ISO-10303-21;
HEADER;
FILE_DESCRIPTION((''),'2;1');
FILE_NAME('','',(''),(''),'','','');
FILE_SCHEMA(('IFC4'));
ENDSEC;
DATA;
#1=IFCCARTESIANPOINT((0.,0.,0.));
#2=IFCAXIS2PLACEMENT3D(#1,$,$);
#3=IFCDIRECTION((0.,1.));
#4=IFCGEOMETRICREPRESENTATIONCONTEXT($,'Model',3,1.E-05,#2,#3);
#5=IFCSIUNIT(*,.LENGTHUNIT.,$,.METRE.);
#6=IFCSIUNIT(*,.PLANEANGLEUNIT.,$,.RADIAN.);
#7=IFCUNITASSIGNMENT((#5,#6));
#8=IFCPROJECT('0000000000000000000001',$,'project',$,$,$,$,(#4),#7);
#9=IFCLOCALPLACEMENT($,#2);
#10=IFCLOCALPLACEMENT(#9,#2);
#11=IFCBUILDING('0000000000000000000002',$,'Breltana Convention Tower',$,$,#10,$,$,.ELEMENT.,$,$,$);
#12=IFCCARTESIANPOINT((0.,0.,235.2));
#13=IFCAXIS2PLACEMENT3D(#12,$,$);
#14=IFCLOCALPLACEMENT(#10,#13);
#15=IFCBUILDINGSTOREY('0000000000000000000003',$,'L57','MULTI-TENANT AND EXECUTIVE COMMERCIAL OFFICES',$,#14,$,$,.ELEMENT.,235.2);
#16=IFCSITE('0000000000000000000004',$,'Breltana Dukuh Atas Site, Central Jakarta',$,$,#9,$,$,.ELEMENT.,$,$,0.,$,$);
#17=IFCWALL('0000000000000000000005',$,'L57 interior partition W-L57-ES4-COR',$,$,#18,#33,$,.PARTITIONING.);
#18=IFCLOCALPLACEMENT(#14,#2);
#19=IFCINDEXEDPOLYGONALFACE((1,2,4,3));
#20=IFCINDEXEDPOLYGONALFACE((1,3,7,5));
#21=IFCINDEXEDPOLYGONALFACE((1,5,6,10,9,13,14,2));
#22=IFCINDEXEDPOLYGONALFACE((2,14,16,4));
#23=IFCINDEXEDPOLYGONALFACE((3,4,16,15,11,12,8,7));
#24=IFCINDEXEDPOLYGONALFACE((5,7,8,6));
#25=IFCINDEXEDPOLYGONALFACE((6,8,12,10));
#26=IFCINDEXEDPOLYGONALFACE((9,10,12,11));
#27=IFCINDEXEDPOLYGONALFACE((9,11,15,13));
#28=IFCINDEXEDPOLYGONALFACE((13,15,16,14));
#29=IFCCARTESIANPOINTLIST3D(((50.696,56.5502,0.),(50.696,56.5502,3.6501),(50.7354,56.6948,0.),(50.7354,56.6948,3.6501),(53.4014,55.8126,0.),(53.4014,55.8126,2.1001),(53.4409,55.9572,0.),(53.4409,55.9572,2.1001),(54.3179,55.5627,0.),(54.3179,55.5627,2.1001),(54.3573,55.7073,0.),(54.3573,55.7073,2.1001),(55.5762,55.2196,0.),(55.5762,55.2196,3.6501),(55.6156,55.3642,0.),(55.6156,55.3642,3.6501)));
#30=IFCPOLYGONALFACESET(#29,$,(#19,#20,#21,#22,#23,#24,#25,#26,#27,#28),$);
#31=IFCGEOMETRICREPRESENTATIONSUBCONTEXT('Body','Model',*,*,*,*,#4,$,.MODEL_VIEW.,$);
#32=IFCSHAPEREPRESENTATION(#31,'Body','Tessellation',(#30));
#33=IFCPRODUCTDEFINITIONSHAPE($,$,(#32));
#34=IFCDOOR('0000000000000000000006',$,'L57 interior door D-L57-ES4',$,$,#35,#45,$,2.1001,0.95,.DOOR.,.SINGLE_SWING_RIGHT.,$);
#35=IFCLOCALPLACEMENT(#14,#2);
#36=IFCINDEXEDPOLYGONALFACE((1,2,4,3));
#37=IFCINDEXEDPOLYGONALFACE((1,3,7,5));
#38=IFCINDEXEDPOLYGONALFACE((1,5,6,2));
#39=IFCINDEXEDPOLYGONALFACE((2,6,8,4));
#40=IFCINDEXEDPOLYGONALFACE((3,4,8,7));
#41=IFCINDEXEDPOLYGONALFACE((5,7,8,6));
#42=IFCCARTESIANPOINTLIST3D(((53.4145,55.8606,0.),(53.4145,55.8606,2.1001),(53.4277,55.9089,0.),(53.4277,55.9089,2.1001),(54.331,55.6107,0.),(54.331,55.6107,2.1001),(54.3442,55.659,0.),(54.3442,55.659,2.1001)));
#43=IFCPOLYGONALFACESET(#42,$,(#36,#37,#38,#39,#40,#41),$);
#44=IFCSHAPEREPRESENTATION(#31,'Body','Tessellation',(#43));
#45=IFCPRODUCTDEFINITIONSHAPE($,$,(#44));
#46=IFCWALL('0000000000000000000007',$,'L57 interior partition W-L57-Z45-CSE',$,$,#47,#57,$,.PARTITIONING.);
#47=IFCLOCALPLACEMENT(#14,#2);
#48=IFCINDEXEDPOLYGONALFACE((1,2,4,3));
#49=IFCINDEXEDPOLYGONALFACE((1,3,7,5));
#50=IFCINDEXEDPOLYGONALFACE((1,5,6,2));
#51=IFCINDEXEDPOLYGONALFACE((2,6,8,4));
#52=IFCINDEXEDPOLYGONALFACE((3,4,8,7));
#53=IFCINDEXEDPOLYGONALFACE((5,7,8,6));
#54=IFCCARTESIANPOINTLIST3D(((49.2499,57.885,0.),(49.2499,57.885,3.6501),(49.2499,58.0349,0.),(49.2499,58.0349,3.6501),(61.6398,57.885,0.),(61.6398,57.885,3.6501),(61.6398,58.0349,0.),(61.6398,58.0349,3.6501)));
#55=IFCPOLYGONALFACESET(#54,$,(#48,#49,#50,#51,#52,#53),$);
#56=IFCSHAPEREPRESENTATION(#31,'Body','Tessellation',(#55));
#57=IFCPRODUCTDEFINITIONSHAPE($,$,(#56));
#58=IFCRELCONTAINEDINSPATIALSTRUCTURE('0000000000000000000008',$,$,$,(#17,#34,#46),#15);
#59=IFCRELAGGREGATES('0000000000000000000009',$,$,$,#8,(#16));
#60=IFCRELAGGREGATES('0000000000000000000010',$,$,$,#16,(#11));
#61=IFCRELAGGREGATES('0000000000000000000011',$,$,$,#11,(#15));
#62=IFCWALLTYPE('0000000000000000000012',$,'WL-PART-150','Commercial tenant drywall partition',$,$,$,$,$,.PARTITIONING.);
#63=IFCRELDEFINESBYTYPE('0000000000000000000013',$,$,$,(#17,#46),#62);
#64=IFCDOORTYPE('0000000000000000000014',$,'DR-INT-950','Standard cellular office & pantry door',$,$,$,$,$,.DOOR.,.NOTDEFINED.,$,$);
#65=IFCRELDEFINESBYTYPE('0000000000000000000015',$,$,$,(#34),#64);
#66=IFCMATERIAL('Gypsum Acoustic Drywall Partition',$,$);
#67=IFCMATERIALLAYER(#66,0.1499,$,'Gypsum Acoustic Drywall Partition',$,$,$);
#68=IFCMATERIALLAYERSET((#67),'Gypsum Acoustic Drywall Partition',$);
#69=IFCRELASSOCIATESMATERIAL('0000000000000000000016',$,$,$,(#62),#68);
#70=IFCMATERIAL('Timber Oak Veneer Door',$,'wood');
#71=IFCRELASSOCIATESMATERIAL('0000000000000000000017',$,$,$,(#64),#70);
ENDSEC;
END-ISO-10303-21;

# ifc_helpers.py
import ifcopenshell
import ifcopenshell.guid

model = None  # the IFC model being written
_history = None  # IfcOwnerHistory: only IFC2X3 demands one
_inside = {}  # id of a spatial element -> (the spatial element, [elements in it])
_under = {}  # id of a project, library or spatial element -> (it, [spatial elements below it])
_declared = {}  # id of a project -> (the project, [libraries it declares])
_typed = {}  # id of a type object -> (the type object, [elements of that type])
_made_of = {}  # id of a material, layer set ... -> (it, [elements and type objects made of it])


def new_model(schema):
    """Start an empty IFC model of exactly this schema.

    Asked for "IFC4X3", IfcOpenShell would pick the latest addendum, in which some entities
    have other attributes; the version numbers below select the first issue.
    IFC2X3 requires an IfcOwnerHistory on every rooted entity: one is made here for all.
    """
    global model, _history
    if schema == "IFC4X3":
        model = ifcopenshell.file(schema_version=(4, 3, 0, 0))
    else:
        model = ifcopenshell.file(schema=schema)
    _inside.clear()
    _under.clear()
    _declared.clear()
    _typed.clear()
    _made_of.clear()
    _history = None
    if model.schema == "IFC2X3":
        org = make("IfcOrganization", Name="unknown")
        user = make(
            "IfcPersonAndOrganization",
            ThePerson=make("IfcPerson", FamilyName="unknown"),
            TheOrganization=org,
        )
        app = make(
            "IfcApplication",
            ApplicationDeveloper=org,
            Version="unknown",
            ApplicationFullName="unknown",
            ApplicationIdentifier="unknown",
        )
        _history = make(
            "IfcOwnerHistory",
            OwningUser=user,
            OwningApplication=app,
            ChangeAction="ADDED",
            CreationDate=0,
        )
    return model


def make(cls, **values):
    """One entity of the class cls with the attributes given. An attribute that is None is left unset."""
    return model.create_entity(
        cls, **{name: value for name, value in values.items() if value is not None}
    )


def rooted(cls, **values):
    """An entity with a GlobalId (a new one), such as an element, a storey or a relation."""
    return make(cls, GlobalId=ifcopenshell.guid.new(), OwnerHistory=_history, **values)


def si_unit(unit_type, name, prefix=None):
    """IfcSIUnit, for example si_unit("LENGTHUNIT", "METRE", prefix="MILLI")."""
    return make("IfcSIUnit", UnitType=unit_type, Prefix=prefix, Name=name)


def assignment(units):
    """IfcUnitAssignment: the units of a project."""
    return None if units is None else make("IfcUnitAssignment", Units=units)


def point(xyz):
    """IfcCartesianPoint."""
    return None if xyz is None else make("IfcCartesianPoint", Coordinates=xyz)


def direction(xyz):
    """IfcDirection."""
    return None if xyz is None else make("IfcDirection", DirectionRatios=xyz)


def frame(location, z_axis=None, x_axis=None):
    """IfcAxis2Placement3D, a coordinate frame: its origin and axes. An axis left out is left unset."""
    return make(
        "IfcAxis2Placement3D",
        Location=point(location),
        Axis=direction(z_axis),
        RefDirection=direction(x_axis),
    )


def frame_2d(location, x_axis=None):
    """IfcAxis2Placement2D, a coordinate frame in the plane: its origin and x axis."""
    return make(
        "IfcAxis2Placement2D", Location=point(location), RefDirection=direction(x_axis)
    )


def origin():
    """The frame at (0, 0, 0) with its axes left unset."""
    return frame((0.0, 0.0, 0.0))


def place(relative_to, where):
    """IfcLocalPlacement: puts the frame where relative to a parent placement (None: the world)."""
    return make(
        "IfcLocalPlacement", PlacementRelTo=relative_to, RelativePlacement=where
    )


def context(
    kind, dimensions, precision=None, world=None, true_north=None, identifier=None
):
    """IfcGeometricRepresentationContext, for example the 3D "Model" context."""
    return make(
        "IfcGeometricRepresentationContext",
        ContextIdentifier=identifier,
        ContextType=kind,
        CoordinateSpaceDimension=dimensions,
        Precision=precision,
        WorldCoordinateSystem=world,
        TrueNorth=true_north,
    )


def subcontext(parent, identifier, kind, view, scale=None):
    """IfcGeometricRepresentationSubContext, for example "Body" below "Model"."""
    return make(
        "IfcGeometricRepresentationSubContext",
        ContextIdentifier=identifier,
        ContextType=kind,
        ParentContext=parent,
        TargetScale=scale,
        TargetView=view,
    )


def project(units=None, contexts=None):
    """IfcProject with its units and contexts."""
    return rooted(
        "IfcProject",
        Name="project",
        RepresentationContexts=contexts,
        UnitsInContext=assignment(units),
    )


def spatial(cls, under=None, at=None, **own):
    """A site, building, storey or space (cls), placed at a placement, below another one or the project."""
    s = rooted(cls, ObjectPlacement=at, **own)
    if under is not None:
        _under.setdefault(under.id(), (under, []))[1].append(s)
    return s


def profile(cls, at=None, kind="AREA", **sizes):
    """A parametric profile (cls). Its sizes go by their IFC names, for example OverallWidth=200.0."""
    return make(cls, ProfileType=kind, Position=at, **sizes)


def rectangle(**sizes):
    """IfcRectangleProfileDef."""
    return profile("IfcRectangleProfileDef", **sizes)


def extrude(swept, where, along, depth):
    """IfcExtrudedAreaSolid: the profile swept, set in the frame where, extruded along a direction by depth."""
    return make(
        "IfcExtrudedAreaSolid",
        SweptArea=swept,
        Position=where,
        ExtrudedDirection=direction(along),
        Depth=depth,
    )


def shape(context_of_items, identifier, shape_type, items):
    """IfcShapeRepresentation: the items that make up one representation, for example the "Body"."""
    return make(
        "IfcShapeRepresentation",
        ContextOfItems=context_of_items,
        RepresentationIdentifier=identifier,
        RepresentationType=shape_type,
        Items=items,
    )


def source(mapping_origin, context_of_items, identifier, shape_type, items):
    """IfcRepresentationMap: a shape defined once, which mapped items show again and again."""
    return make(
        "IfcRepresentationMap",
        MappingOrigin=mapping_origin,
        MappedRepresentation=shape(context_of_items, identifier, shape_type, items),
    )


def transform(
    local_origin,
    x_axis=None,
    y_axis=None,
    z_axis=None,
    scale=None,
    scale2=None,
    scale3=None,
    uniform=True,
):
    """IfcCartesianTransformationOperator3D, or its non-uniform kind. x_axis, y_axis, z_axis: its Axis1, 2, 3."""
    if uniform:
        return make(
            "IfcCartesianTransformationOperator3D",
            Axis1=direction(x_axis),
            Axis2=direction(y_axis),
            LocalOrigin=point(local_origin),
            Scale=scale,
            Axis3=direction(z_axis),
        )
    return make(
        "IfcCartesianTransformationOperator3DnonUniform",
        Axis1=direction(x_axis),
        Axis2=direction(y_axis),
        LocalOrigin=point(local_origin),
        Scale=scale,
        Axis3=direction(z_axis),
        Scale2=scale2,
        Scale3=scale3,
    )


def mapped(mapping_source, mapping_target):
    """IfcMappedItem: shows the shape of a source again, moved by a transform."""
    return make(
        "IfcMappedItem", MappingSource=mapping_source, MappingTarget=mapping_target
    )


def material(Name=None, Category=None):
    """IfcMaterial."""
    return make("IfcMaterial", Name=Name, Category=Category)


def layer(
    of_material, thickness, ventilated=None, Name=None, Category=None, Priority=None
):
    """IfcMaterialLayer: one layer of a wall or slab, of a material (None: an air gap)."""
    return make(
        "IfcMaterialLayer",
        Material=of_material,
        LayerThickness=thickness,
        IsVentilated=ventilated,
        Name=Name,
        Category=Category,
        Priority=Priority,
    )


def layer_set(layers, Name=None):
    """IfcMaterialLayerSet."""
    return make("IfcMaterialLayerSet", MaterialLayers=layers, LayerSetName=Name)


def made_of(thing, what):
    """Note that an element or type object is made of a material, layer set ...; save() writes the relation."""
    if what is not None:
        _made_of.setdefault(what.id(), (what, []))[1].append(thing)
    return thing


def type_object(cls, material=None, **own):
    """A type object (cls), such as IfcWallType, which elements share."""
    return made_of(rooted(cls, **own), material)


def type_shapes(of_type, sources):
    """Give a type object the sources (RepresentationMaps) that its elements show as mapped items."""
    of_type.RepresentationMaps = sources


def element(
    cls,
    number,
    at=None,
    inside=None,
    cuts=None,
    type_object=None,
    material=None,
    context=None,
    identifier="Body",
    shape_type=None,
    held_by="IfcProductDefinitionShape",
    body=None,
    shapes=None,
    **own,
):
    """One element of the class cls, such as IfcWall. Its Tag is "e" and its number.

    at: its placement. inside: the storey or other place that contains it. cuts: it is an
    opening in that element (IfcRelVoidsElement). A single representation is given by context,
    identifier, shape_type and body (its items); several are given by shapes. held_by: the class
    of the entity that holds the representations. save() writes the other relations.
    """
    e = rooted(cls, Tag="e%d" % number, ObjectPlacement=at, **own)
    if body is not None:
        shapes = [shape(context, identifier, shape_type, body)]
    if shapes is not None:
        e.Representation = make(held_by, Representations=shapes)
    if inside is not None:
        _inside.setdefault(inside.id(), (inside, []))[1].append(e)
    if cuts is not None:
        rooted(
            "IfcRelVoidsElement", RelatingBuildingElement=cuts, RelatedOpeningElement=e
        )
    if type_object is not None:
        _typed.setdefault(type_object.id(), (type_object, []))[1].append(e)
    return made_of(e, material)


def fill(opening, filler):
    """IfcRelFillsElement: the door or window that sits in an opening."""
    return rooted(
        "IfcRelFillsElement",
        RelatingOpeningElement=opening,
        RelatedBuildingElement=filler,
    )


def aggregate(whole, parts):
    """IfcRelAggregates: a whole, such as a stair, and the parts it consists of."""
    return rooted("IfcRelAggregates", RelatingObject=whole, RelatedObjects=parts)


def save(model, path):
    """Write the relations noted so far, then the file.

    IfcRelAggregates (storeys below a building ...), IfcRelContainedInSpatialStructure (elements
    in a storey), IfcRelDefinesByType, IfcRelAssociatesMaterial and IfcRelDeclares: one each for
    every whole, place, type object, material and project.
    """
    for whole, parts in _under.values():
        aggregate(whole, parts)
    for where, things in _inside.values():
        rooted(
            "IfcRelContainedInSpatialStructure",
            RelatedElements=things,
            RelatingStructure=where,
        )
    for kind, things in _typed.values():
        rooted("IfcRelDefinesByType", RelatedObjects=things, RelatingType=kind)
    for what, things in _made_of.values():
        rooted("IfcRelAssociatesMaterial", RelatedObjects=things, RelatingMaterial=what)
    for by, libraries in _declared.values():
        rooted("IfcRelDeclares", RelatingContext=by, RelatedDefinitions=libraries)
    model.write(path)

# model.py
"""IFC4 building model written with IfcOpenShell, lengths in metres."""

from ifc_helpers import new_model, si_unit, direction, frame, frame_2d, origin, place, context, subcontext, project, spatial, rectangle, extrude, source, transform, mapped, material, layer, layer_set, type_object, type_shapes, element, fill, save


model = new_model("IFC4")

# Units and contexts
model_context = context("Model", 3, precision=1e-05, world=origin(), true_north=direction((0.0, 1.0)))
body_context = subcontext(model_context, "Body", "Model", "MODEL_VIEW")
ifc_project = project(units=[si_unit("LENGTHUNIT", "METRE"), si_unit("PLANEANGLEUNIT", "RADIAN")], contexts=[model_context])

# Site, building, storey
site_placement = place(None, origin())
site = spatial("IfcSite", under=ifc_project, at=site_placement, Name="Breltana Dukuh Atas Site, Central Jakarta", CompositionType="ELEMENT", RefElevation=0.0)
building_placement = place(site_placement, origin())
building = spatial("IfcBuilding", under=site, at=building_placement, Name="Breltana Convention Tower", CompositionType="ELEMENT")
storey_placement = place(building_placement, frame((0.0, 0.0, 235.2)))
storey = spatial("IfcBuildingStorey", under=building, at=storey_placement, Name="L57", Description="MULTI-TENANT AND EXECUTIVE COMMERCIAL OFFICES", CompositionType="ELEMENT", Elevation=235.2)

# Shared definitions
ifc_material_1 = material(Name="Gypsum Acoustic Drywall Partition")
ifc_layer_1 = layer(ifc_material_1, 0.1499, Name="Gypsum Acoustic Drywall Partition")
ifc_layer_set_1 = layer_set([ifc_layer_1], Name="Gypsum Acoustic Drywall Partition")
wall_type_1 = type_object("IfcWallType", Name="WL-PART-150", Description="Commercial tenant drywall partition", PredefinedType="PARTITIONING", material=ifc_layer_set_1)

# Shared definitions
ifc_material_2 = material(Name="Timber Oak Veneer Door", Category="wood")
door_type = type_object("IfcDoorType", Name="DR-INT-950", Description="Standard cellular office & pantry door", OperationType="NOTDEFINED", PredefinedType="DOOR", material=ifc_material_2)
shared_shape_1 = source(origin(), body_context, "Body", "SweptSolid", [
    extrude(rectangle(XDim=0.95, YDim=2.1001, at=frame_2d((0.4751, 1.05))), frame((0.0, 0.0249, 0.0), z_axis=(0.0, -1.0, 0.0), x_axis=(1.0, 0.0, 0.0)), (0.0, 0.0, 1.0), 0.05),
])
type_shapes(door_type, [shared_shape_1])

# Wall, opening, door
shared_shape_2 = source(origin(), body_context, "Body", "SweptSolid", [
    extrude(rectangle(XDim=5.0583, YDim=0.1499, at=frame_2d((2.5293, 0.0))), origin(), (0.0, 0.0, 1.0), 3.6501),
])
wall_1_placement = place(storey_placement, frame((50.7156, 56.6226, 0.0), z_axis=(0.0, 0.0, 1.0), x_axis=(0.964783, -0.263048, 0.0)))
wall_1 = element("IfcWall", 1, at=wall_1_placement, inside=storey, type_object=wall_type_1, Name="L57 interior partition W-L57-ES4-COR", PredefinedType="PARTITIONING", context=body_context, shape_type="MappedRepresentation", body=[
    mapped(shared_shape_2, transform((0.0, 0.0, 0.0), scale=1.0)),
])
opening_1_placement = place(wall_1_placement, frame((2.8042, 0.0, 0.0)))
opening_1 = element("IfcOpeningElement", 2, at=opening_1_placement, cuts=wall_1, PredefinedType="OPENING", context=body_context, shape_type="SweptSolid", body=[
    extrude(rectangle(XDim=0.95, YDim=2.1001, at=frame_2d((0.4751, 1.05))), frame((0.0, 0.085, 0.0), z_axis=(0.0, -1.0, 0.0), x_axis=(1.0, 0.0, 0.0)), (0.0, 0.0, 1.0), 0.1699),
])
door_1_placement = place(opening_1_placement, origin())
door_1 = element("IfcDoor", 3, at=door_1_placement, inside=storey, type_object=door_type, Name="L57 interior door D-L57-ES4", OperationType="SINGLE_SWING_RIGHT", OverallHeight=2.1001, OverallWidth=0.95, PredefinedType="DOOR", context=body_context, shape_type="MappedRepresentation", body=[
    mapped(shared_shape_1, transform((0.0, 0.0, 0.0), scale=1.0)),
])
fill(opening_1, door_1)

# Wall
shared_shape_3 = source(origin(), body_context, "Body", "SweptSolid", [
    extrude(rectangle(XDim=12.3899, YDim=0.1499, at=frame_2d((6.1948, 0.0))), origin(), (0.0, 0.0, 1.0), 3.6501),
])
wall_2_placement = place(storey_placement, frame((49.25, 57.96, 0.0), z_axis=(0.0, 0.0, 1.0), x_axis=(1.0, 0.0, 0.0)))
element("IfcWall", 4, at=wall_2_placement, inside=storey, type_object=wall_type_1, Name="L57 interior partition W-L57-Z45-CSE", PredefinedType="PARTITIONING", context=body_context, shape_type="MappedRepresentation", body=[
    mapped(shared_shape_3, transform((0.0, 0.0, 0.0), scale=1.0)),
])

save(model, "model.ifc")
